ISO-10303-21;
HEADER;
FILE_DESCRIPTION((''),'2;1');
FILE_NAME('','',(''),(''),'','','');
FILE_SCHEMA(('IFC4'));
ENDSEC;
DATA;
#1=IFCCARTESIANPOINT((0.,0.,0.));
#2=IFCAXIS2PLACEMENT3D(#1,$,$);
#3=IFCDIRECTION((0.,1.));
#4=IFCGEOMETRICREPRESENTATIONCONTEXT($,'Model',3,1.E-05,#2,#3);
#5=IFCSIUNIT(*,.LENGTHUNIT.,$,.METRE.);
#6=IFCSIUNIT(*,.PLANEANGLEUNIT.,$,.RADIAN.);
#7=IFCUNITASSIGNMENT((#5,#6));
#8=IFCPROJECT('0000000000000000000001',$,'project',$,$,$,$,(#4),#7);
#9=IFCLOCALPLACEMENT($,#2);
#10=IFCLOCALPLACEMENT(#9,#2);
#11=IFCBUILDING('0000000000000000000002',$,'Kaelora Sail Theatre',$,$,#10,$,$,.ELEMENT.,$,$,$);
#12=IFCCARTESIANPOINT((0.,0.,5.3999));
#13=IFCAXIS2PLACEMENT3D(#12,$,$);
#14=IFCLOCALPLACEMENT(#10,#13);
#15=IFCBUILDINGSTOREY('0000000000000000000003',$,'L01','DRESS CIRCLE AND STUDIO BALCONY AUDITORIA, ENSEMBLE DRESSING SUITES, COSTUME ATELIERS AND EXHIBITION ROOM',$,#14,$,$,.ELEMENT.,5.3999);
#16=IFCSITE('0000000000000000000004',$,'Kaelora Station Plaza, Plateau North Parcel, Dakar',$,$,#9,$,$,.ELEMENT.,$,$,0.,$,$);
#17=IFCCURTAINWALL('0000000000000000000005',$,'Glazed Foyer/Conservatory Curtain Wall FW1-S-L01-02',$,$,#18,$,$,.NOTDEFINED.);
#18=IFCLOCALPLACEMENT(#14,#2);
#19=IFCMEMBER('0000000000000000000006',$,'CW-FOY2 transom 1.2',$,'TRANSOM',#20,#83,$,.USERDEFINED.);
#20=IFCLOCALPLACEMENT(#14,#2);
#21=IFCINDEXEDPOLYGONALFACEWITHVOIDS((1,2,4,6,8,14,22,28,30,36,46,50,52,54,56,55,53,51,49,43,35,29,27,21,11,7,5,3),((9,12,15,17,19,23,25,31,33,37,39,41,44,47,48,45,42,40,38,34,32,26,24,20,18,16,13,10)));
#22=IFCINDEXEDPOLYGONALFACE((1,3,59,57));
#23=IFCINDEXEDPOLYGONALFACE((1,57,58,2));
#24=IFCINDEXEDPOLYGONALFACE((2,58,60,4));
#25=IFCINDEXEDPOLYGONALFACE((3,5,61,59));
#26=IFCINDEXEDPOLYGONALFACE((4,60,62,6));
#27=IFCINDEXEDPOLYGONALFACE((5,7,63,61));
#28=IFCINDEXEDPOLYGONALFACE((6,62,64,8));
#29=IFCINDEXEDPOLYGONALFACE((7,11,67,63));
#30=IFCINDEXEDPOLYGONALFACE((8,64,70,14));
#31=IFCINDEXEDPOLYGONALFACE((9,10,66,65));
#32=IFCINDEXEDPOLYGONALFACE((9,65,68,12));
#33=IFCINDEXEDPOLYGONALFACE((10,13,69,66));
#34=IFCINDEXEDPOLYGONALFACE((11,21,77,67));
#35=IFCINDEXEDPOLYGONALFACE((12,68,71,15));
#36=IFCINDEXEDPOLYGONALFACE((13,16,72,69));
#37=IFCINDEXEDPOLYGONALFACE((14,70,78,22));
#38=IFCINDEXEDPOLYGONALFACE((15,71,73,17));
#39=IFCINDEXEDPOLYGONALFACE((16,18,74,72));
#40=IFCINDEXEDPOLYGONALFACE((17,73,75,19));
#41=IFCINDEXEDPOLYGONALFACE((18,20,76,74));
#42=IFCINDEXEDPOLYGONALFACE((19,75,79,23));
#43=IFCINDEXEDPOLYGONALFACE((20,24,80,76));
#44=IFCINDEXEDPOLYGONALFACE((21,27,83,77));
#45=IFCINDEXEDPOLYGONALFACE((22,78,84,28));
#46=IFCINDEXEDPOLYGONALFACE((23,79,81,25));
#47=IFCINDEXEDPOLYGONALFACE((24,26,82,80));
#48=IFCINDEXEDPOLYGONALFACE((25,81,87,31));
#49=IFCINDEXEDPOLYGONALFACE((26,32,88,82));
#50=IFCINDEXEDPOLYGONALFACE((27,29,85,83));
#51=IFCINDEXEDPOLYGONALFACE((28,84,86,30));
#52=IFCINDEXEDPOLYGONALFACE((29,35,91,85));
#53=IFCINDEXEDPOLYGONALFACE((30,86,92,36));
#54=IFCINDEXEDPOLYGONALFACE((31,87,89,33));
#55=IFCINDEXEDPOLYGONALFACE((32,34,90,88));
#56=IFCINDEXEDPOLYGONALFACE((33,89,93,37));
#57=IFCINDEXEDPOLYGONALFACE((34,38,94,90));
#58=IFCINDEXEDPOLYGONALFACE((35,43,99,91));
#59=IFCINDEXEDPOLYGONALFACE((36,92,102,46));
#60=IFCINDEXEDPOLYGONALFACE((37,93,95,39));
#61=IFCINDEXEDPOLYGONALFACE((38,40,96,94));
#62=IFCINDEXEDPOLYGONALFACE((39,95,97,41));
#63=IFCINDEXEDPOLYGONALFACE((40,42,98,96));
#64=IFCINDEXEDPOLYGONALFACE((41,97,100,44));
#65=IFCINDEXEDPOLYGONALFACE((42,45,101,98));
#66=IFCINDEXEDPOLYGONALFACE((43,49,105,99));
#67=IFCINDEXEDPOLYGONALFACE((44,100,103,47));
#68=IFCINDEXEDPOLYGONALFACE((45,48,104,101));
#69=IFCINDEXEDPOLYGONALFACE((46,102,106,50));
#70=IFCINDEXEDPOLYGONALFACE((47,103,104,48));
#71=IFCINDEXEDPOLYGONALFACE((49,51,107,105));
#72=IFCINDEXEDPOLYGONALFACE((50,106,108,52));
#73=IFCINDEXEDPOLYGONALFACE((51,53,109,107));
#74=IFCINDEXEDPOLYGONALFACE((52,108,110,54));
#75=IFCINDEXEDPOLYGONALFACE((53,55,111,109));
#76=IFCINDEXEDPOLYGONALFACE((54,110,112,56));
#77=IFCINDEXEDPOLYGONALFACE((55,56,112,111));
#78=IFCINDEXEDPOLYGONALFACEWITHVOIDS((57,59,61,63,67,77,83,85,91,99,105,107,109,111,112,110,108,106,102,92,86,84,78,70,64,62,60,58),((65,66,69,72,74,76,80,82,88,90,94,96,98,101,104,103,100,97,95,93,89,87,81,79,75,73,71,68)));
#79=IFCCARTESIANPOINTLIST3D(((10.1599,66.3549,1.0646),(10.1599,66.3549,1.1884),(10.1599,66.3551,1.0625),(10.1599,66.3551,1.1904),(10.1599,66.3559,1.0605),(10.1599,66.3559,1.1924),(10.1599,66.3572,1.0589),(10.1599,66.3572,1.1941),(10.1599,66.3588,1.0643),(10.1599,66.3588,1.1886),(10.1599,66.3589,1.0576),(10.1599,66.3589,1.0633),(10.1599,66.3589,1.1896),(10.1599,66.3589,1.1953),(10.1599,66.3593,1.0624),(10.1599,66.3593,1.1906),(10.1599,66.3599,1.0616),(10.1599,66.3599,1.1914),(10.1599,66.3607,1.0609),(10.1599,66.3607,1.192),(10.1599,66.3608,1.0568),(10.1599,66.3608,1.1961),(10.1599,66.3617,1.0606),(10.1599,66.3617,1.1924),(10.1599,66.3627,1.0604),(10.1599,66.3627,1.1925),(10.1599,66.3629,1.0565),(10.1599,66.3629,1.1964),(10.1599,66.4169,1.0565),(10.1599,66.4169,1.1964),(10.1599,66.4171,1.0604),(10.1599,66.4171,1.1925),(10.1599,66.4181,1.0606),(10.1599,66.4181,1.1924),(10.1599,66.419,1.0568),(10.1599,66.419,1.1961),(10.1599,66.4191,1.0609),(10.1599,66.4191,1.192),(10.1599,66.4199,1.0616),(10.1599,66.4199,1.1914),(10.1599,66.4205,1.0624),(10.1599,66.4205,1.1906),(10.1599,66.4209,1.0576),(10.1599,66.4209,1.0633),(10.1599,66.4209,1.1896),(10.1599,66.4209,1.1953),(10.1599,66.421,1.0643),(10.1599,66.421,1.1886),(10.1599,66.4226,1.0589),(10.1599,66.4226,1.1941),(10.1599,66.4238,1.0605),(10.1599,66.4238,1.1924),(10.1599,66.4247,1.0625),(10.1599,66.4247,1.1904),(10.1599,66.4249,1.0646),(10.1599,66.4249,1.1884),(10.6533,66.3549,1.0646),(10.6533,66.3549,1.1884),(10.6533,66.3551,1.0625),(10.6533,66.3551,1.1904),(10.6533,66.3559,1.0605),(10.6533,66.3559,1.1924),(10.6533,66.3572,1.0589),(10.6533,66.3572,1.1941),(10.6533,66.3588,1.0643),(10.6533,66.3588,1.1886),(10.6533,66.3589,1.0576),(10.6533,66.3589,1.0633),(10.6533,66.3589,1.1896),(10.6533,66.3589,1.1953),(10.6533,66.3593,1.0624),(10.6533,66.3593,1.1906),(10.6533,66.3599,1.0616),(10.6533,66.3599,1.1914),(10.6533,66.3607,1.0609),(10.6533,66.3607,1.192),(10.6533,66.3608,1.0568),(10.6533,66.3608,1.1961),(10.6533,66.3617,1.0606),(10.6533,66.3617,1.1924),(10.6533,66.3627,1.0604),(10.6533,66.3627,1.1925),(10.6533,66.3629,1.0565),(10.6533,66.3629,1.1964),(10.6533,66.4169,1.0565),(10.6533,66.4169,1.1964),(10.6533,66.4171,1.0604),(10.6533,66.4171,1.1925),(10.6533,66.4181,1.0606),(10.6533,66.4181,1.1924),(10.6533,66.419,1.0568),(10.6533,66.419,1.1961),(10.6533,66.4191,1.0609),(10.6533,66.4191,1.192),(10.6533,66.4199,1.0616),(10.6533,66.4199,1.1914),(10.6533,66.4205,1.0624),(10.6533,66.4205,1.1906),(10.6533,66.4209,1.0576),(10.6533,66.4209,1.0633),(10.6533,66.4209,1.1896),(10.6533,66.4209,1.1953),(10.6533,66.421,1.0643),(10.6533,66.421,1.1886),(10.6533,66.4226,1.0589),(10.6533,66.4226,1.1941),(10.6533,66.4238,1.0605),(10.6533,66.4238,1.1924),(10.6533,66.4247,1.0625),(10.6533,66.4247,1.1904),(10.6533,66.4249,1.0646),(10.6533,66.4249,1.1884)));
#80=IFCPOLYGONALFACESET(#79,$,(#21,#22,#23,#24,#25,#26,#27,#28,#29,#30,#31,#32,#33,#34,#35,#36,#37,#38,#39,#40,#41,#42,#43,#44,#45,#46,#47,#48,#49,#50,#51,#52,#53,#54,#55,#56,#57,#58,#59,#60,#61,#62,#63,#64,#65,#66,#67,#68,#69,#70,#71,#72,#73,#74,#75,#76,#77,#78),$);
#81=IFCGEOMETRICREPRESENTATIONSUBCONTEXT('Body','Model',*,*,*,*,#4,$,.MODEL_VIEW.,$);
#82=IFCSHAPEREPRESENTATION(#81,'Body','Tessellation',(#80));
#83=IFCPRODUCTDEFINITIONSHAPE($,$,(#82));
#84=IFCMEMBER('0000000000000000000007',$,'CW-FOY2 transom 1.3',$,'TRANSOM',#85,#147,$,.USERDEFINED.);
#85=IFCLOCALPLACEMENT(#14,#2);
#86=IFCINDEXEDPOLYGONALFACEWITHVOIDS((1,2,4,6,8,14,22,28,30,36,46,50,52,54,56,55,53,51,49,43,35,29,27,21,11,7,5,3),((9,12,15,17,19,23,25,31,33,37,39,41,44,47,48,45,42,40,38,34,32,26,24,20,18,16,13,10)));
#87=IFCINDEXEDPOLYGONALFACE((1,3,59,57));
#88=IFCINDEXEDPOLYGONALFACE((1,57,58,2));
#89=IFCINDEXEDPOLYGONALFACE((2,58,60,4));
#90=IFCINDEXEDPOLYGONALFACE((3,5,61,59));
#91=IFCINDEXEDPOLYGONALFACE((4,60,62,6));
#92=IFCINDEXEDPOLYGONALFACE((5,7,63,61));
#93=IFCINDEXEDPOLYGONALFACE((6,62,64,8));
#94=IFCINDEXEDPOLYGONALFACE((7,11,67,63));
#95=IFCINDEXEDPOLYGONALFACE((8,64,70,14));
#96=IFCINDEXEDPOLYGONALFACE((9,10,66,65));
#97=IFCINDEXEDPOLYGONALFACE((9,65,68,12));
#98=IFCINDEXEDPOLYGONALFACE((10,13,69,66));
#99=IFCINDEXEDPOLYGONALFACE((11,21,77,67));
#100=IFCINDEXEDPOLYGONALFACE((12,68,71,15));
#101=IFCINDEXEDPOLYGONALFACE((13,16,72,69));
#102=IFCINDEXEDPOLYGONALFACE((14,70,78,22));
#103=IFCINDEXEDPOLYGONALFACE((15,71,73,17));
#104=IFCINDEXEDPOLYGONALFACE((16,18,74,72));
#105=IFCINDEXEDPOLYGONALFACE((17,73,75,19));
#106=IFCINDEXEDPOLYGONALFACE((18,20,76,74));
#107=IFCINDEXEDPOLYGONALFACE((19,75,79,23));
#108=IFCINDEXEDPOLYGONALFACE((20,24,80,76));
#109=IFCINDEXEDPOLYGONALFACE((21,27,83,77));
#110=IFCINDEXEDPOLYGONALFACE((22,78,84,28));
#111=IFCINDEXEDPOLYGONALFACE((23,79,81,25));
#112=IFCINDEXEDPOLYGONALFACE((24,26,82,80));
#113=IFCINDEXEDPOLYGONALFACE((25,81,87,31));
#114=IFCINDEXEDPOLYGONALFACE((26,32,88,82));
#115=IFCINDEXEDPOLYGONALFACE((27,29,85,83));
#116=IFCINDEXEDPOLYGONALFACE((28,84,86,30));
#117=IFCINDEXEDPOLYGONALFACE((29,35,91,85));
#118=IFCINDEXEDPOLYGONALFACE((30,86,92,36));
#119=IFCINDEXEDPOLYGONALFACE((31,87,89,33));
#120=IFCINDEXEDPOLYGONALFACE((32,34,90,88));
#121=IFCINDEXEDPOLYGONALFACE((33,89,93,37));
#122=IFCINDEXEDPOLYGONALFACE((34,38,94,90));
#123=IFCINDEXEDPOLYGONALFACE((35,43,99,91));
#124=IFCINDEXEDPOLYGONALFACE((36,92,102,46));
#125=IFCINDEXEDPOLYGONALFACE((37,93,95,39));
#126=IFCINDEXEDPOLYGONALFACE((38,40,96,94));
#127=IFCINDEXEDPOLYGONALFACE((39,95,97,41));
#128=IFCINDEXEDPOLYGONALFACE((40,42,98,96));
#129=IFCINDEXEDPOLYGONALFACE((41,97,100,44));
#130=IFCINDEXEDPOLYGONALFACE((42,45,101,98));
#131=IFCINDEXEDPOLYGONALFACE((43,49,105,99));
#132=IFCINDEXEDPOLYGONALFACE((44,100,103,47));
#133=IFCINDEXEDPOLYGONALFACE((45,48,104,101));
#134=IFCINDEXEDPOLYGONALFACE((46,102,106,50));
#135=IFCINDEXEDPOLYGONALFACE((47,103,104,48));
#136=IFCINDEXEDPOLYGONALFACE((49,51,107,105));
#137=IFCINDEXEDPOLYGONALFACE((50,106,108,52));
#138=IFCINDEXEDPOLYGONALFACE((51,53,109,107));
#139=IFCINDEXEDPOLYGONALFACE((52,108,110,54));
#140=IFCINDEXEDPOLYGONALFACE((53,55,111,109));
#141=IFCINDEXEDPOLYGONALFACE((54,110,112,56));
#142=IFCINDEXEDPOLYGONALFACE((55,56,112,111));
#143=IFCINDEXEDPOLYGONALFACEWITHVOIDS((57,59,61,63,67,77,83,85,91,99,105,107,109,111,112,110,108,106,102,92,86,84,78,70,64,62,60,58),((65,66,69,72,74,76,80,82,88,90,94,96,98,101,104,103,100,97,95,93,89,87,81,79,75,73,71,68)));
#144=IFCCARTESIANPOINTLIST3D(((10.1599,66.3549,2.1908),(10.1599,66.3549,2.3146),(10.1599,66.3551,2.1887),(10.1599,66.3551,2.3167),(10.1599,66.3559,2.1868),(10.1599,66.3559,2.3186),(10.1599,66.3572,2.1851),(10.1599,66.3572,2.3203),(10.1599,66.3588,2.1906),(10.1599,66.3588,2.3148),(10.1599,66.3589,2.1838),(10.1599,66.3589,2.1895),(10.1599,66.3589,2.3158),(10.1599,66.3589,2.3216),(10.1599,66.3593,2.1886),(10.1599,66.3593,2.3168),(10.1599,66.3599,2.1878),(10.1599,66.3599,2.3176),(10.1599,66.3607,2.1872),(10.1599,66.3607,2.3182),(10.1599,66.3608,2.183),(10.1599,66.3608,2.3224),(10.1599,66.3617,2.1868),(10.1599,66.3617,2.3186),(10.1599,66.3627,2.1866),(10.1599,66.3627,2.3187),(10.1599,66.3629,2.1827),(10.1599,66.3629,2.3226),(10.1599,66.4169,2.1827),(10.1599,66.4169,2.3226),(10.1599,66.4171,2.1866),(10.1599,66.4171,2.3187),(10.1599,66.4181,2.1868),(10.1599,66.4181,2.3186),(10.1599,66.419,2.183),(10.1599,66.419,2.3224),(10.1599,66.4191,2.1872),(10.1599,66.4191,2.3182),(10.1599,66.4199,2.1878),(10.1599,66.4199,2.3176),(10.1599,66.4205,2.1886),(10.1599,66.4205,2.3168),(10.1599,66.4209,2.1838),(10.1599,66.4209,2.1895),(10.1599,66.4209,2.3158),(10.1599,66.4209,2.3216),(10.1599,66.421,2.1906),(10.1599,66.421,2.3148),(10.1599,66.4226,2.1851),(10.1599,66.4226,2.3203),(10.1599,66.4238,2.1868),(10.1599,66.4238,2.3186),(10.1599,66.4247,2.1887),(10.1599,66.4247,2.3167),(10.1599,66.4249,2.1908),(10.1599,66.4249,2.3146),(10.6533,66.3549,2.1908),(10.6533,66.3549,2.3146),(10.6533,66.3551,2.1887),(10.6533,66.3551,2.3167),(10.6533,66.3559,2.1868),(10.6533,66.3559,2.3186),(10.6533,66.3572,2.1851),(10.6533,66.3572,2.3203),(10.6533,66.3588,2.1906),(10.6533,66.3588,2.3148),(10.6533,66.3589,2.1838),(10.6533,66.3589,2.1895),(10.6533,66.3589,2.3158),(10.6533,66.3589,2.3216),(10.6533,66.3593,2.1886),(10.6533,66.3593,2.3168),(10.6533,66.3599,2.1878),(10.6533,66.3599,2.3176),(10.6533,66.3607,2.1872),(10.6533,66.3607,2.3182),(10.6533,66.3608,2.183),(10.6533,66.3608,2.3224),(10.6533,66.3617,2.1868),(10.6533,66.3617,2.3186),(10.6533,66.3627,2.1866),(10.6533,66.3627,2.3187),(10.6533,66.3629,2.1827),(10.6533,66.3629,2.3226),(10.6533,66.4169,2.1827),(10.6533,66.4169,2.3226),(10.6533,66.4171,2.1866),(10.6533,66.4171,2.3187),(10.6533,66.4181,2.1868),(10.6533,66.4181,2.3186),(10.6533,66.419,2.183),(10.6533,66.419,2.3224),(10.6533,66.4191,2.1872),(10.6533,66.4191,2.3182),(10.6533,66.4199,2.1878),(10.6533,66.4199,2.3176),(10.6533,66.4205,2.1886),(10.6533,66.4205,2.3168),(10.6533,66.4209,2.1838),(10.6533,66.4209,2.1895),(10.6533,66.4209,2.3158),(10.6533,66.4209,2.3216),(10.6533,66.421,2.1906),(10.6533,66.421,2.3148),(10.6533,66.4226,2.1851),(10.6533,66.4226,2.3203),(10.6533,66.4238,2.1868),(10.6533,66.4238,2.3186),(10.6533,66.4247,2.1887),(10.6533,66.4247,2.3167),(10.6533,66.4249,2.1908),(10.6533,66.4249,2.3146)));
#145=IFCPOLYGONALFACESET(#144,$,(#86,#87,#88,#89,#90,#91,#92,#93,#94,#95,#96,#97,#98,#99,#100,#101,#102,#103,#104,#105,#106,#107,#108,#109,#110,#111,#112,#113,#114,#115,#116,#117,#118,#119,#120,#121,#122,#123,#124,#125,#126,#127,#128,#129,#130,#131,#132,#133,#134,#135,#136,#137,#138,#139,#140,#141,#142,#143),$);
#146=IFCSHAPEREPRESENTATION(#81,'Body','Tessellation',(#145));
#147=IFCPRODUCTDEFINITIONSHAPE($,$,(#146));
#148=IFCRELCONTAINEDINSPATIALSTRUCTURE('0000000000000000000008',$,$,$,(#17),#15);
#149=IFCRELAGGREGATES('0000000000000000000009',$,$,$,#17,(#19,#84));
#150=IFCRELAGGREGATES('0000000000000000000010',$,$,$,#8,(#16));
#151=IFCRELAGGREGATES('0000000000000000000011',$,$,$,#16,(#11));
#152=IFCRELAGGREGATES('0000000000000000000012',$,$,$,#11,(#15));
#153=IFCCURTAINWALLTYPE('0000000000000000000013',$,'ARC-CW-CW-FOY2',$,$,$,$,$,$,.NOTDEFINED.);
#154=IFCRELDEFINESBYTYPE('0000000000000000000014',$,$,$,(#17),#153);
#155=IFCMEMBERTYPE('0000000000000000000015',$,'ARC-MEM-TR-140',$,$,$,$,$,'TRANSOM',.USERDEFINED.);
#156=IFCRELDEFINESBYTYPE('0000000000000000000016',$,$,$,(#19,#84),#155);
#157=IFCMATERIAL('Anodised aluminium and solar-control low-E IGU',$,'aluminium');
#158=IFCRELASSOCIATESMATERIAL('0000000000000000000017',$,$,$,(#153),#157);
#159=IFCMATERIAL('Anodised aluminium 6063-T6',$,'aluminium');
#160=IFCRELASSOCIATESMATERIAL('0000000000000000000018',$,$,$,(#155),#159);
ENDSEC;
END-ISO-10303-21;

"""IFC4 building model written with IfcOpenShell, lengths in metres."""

from ifc_helpers import new_model, si_unit, direction, frame, origin, origin_2d, place, context, subcontext, project, spatial, hollow_rectangle, extrude, material, material_profile, profile_set, type_object, element, aggregate, save


model = new_model("IFC4")

# Units and contexts
model_context = context("Model", 3, precision=1e-05, world=origin(), true_north=direction((0.0, 1.0)))
body_context = subcontext(model_context, "Body", "Model", "MODEL_VIEW")
ifc_project = project(units=[si_unit("LENGTHUNIT", "METRE"), si_unit("PLANEANGLEUNIT", "RADIAN")], contexts=[model_context])

# Site, building, storey
site_placement = place(None, origin())
site = spatial("IfcSite", under=ifc_project, at=site_placement, Name="Kaelora Station Plaza, Plateau North Parcel, Dakar", CompositionType="ELEMENT", RefElevation=0.0)
building_placement = place(site_placement, origin())
building = spatial("IfcBuilding", under=site, at=building_placement, Name="Kaelora Sail Theatre", CompositionType="ELEMENT")
storey_placement = place(building_placement, frame((0.0, 0.0, 5.3999)))
storey = spatial("IfcBuildingStorey", under=building, at=storey_placement, Name="L01", Description="DRESS CIRCLE AND STUDIO BALCONY AUDITORIA, ENSEMBLE DRESSING SUITES, COSTUME ATELIERS AND EXHIBITION ROOM", CompositionType="ELEMENT", Elevation=5.3999)

# Curtain wall, members
ifc_material_1 = material(Name="Anodised aluminium and solar-control low-E IGU", Category="aluminium")
curtain_wall_type = type_object("IfcCurtainWallType", Name="ARC-CW-CW-FOY2", PredefinedType="NOTDEFINED", material=ifc_material_1)
curtain_wall_placement = place(storey_placement, origin())
curtain_wall = element("IfcCurtainWall", 1, at=curtain_wall_placement, inside=storey, type_object=curtain_wall_type, Name="Glazed Foyer/Conservatory Curtain Wall FW1-S-L01-02", PredefinedType="NOTDEFINED")
ifc_material_2 = material(Name="Anodised aluminium 6063-T6", Category="aluminium")
ifc_material_profile_1 = material_profile(ifc_material_2, hollow_rectangle(XDim=0.0701, YDim=0.1399, WallThickness=0.0039, InnerFilletRadius=0.0039, OuterFilletRadius=0.0081, at=origin_2d()), Name="ALU-TRAN 70x140x4")
ifc_profile_set_1 = profile_set([ifc_material_profile_1], Name="Anodised aluminium 6063-T6")
member_type_1 = type_object("IfcMemberType", Name="ARC-MEM-TR-140", ElementType="TRANSOM", PredefinedType="USERDEFINED", material=ifc_profile_set_1)
member_1_placement = place(storey_placement, frame((10.1599, 66.3899, 1.1265), z_axis=(1.0, 0.0, 0.0), x_axis=(0.0, 1.0, 0.0)))
member_1 = element("IfcMember", 2, at=member_1_placement, type_object=member_type_1, Name="CW-FOY2 transom 1.2", ObjectType="TRANSOM", PredefinedType="USERDEFINED", context=body_context, shape_type="SweptSolid", body=[
    extrude(hollow_rectangle(XDim=0.0701, YDim=0.1399, WallThickness=0.0039, InnerFilletRadius=0.0039, OuterFilletRadius=0.0081, at=origin_2d()), origin(), (0.0, 0.0, 1.0), 0.4934),
])
member_2_placement = place(storey_placement, frame((10.1599, 66.3899, 2.2527), z_axis=(1.0, 0.0, 0.0), x_axis=(0.0, 1.0, 0.0)))
member_2 = element("IfcMember", 3, at=member_2_placement, type_object=member_type_1, Name="CW-FOY2 transom 1.3", ObjectType="TRANSOM", PredefinedType="USERDEFINED", context=body_context, shape_type="SweptSolid", body=[
    extrude(hollow_rectangle(XDim=0.0701, YDim=0.1399, WallThickness=0.0039, InnerFilletRadius=0.0039, OuterFilletRadius=0.0081, at=origin_2d()), origin(), (0.0, 0.0, 1.0), 0.4934),
])

aggregate(curtain_wall, [member_1, member_2])

save(model, "model.ifc")
